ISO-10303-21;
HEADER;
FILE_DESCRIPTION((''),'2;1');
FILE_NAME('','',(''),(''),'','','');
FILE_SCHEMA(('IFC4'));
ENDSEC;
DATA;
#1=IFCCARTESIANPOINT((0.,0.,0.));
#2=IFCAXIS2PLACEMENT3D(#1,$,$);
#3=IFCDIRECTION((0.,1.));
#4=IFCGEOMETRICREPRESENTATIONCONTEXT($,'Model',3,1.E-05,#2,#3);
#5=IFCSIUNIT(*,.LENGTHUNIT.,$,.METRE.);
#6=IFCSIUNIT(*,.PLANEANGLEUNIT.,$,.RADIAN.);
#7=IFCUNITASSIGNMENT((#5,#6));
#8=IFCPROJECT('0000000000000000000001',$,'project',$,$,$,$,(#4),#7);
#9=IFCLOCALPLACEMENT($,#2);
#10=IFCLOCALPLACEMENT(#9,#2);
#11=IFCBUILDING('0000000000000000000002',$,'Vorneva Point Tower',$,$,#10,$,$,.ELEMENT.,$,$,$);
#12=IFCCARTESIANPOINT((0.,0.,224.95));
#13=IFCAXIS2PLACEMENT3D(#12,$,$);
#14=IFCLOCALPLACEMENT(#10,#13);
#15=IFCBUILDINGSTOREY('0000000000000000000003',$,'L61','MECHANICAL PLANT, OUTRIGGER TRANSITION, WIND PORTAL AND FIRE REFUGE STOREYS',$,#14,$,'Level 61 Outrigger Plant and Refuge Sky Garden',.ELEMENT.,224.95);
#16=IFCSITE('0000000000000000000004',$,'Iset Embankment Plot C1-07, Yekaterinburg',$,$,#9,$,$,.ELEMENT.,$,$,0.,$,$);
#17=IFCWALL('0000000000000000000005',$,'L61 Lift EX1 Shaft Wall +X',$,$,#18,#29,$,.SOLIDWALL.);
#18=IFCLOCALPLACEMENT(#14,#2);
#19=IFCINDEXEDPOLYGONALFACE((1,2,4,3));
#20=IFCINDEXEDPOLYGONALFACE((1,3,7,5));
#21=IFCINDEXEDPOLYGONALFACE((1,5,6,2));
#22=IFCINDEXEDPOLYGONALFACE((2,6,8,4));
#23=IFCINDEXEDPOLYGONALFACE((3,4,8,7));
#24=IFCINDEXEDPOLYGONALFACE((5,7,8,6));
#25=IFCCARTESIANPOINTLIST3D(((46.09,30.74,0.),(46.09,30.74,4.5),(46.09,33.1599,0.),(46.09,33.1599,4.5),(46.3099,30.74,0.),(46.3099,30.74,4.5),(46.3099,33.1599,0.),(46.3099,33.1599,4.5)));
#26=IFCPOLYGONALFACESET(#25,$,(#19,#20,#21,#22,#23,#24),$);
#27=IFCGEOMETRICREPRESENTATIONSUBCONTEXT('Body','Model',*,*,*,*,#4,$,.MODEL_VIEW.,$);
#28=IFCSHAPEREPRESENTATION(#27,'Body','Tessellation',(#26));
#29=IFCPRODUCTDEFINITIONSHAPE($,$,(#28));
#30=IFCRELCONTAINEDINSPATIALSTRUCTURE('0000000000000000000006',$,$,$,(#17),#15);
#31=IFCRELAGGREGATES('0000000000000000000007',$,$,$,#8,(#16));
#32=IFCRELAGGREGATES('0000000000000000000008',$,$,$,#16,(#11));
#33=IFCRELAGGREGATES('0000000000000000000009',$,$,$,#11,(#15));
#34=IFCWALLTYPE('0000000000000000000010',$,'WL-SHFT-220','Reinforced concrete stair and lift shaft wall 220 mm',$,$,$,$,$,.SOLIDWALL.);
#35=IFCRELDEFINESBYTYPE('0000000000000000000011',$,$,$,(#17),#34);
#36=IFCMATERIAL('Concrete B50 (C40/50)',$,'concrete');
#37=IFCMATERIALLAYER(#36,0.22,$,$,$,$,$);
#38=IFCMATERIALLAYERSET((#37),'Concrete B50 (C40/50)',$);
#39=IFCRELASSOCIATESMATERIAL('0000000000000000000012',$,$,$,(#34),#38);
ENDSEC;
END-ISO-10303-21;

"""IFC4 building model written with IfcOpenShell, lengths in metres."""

from ifc_helpers import new_model, si_unit, direction, frame, frame_2d, origin, place, context, subcontext, project, spatial, rectangle, extrude, material, layer, layer_set, type_object, element, save


model = new_model("IFC4")

# Units and contexts
model_context = context("Model", 3, precision=1e-05, world=origin(), true_north=direction((0.0, 1.0)))
body_context = subcontext(model_context, "Body", "Model", "MODEL_VIEW")
ifc_project = project(units=[si_unit("LENGTHUNIT", "METRE"), si_unit("PLANEANGLEUNIT", "RADIAN")], contexts=[model_context])

# Site, building, storey
site_placement = place(None, origin())
site = spatial("IfcSite", under=ifc_project, at=site_placement, Name="Iset Embankment Plot C1-07, Yekaterinburg", CompositionType="ELEMENT", RefElevation=0.0)
building_placement = place(site_placement, origin())
building = spatial("IfcBuilding", under=site, at=building_placement, Name="Vorneva Point Tower", CompositionType="ELEMENT")
storey_placement = place(building_placement, frame((0.0, 0.0, 224.95)))
storey = spatial("IfcBuildingStorey", under=building, at=storey_placement, Name="L61", Description="MECHANICAL PLANT, OUTRIGGER TRANSITION, WIND PORTAL AND FIRE REFUGE STOREYS", LongName="Level 61 Outrigger Plant and Refuge Sky Garden", CompositionType="ELEMENT", Elevation=224.95)

# Shared definitions
ifc_material_1 = material(Name="Concrete B50 (C40/50)", Category="concrete")

# Shared definitions
ifc_layer_1 = layer(ifc_material_1, 0.22)
ifc_layer_set_1 = layer_set([ifc_layer_1], Name="Concrete B50 (C40/50)")
wall_type_1 = type_object("IfcWallType", Name="WL-SHFT-220", Description="Reinforced concrete stair and lift shaft wall 220 mm", PredefinedType="SOLIDWALL", material=ifc_layer_set_1)

# Wall
wall_1_placement = place(storey_placement, frame((46.2, 30.74, 0.0), z_axis=(0.0, 0.0, 1.0), x_axis=(0.0, 1.0, 0.0)))
element("IfcWall", 1, at=wall_1_placement, inside=storey, type_object=wall_type_1, Name="L61 Lift EX1 Shaft Wall +X", PredefinedType="SOLIDWALL", context=body_context, shape_type="SweptSolid", body=[
    extrude(rectangle(XDim=2.4199, YDim=0.22, at=frame_2d((1.21, 0.0))), origin(), (0.0, 0.0, 1.0), 4.5),
])

save(model, "model.ifc")
